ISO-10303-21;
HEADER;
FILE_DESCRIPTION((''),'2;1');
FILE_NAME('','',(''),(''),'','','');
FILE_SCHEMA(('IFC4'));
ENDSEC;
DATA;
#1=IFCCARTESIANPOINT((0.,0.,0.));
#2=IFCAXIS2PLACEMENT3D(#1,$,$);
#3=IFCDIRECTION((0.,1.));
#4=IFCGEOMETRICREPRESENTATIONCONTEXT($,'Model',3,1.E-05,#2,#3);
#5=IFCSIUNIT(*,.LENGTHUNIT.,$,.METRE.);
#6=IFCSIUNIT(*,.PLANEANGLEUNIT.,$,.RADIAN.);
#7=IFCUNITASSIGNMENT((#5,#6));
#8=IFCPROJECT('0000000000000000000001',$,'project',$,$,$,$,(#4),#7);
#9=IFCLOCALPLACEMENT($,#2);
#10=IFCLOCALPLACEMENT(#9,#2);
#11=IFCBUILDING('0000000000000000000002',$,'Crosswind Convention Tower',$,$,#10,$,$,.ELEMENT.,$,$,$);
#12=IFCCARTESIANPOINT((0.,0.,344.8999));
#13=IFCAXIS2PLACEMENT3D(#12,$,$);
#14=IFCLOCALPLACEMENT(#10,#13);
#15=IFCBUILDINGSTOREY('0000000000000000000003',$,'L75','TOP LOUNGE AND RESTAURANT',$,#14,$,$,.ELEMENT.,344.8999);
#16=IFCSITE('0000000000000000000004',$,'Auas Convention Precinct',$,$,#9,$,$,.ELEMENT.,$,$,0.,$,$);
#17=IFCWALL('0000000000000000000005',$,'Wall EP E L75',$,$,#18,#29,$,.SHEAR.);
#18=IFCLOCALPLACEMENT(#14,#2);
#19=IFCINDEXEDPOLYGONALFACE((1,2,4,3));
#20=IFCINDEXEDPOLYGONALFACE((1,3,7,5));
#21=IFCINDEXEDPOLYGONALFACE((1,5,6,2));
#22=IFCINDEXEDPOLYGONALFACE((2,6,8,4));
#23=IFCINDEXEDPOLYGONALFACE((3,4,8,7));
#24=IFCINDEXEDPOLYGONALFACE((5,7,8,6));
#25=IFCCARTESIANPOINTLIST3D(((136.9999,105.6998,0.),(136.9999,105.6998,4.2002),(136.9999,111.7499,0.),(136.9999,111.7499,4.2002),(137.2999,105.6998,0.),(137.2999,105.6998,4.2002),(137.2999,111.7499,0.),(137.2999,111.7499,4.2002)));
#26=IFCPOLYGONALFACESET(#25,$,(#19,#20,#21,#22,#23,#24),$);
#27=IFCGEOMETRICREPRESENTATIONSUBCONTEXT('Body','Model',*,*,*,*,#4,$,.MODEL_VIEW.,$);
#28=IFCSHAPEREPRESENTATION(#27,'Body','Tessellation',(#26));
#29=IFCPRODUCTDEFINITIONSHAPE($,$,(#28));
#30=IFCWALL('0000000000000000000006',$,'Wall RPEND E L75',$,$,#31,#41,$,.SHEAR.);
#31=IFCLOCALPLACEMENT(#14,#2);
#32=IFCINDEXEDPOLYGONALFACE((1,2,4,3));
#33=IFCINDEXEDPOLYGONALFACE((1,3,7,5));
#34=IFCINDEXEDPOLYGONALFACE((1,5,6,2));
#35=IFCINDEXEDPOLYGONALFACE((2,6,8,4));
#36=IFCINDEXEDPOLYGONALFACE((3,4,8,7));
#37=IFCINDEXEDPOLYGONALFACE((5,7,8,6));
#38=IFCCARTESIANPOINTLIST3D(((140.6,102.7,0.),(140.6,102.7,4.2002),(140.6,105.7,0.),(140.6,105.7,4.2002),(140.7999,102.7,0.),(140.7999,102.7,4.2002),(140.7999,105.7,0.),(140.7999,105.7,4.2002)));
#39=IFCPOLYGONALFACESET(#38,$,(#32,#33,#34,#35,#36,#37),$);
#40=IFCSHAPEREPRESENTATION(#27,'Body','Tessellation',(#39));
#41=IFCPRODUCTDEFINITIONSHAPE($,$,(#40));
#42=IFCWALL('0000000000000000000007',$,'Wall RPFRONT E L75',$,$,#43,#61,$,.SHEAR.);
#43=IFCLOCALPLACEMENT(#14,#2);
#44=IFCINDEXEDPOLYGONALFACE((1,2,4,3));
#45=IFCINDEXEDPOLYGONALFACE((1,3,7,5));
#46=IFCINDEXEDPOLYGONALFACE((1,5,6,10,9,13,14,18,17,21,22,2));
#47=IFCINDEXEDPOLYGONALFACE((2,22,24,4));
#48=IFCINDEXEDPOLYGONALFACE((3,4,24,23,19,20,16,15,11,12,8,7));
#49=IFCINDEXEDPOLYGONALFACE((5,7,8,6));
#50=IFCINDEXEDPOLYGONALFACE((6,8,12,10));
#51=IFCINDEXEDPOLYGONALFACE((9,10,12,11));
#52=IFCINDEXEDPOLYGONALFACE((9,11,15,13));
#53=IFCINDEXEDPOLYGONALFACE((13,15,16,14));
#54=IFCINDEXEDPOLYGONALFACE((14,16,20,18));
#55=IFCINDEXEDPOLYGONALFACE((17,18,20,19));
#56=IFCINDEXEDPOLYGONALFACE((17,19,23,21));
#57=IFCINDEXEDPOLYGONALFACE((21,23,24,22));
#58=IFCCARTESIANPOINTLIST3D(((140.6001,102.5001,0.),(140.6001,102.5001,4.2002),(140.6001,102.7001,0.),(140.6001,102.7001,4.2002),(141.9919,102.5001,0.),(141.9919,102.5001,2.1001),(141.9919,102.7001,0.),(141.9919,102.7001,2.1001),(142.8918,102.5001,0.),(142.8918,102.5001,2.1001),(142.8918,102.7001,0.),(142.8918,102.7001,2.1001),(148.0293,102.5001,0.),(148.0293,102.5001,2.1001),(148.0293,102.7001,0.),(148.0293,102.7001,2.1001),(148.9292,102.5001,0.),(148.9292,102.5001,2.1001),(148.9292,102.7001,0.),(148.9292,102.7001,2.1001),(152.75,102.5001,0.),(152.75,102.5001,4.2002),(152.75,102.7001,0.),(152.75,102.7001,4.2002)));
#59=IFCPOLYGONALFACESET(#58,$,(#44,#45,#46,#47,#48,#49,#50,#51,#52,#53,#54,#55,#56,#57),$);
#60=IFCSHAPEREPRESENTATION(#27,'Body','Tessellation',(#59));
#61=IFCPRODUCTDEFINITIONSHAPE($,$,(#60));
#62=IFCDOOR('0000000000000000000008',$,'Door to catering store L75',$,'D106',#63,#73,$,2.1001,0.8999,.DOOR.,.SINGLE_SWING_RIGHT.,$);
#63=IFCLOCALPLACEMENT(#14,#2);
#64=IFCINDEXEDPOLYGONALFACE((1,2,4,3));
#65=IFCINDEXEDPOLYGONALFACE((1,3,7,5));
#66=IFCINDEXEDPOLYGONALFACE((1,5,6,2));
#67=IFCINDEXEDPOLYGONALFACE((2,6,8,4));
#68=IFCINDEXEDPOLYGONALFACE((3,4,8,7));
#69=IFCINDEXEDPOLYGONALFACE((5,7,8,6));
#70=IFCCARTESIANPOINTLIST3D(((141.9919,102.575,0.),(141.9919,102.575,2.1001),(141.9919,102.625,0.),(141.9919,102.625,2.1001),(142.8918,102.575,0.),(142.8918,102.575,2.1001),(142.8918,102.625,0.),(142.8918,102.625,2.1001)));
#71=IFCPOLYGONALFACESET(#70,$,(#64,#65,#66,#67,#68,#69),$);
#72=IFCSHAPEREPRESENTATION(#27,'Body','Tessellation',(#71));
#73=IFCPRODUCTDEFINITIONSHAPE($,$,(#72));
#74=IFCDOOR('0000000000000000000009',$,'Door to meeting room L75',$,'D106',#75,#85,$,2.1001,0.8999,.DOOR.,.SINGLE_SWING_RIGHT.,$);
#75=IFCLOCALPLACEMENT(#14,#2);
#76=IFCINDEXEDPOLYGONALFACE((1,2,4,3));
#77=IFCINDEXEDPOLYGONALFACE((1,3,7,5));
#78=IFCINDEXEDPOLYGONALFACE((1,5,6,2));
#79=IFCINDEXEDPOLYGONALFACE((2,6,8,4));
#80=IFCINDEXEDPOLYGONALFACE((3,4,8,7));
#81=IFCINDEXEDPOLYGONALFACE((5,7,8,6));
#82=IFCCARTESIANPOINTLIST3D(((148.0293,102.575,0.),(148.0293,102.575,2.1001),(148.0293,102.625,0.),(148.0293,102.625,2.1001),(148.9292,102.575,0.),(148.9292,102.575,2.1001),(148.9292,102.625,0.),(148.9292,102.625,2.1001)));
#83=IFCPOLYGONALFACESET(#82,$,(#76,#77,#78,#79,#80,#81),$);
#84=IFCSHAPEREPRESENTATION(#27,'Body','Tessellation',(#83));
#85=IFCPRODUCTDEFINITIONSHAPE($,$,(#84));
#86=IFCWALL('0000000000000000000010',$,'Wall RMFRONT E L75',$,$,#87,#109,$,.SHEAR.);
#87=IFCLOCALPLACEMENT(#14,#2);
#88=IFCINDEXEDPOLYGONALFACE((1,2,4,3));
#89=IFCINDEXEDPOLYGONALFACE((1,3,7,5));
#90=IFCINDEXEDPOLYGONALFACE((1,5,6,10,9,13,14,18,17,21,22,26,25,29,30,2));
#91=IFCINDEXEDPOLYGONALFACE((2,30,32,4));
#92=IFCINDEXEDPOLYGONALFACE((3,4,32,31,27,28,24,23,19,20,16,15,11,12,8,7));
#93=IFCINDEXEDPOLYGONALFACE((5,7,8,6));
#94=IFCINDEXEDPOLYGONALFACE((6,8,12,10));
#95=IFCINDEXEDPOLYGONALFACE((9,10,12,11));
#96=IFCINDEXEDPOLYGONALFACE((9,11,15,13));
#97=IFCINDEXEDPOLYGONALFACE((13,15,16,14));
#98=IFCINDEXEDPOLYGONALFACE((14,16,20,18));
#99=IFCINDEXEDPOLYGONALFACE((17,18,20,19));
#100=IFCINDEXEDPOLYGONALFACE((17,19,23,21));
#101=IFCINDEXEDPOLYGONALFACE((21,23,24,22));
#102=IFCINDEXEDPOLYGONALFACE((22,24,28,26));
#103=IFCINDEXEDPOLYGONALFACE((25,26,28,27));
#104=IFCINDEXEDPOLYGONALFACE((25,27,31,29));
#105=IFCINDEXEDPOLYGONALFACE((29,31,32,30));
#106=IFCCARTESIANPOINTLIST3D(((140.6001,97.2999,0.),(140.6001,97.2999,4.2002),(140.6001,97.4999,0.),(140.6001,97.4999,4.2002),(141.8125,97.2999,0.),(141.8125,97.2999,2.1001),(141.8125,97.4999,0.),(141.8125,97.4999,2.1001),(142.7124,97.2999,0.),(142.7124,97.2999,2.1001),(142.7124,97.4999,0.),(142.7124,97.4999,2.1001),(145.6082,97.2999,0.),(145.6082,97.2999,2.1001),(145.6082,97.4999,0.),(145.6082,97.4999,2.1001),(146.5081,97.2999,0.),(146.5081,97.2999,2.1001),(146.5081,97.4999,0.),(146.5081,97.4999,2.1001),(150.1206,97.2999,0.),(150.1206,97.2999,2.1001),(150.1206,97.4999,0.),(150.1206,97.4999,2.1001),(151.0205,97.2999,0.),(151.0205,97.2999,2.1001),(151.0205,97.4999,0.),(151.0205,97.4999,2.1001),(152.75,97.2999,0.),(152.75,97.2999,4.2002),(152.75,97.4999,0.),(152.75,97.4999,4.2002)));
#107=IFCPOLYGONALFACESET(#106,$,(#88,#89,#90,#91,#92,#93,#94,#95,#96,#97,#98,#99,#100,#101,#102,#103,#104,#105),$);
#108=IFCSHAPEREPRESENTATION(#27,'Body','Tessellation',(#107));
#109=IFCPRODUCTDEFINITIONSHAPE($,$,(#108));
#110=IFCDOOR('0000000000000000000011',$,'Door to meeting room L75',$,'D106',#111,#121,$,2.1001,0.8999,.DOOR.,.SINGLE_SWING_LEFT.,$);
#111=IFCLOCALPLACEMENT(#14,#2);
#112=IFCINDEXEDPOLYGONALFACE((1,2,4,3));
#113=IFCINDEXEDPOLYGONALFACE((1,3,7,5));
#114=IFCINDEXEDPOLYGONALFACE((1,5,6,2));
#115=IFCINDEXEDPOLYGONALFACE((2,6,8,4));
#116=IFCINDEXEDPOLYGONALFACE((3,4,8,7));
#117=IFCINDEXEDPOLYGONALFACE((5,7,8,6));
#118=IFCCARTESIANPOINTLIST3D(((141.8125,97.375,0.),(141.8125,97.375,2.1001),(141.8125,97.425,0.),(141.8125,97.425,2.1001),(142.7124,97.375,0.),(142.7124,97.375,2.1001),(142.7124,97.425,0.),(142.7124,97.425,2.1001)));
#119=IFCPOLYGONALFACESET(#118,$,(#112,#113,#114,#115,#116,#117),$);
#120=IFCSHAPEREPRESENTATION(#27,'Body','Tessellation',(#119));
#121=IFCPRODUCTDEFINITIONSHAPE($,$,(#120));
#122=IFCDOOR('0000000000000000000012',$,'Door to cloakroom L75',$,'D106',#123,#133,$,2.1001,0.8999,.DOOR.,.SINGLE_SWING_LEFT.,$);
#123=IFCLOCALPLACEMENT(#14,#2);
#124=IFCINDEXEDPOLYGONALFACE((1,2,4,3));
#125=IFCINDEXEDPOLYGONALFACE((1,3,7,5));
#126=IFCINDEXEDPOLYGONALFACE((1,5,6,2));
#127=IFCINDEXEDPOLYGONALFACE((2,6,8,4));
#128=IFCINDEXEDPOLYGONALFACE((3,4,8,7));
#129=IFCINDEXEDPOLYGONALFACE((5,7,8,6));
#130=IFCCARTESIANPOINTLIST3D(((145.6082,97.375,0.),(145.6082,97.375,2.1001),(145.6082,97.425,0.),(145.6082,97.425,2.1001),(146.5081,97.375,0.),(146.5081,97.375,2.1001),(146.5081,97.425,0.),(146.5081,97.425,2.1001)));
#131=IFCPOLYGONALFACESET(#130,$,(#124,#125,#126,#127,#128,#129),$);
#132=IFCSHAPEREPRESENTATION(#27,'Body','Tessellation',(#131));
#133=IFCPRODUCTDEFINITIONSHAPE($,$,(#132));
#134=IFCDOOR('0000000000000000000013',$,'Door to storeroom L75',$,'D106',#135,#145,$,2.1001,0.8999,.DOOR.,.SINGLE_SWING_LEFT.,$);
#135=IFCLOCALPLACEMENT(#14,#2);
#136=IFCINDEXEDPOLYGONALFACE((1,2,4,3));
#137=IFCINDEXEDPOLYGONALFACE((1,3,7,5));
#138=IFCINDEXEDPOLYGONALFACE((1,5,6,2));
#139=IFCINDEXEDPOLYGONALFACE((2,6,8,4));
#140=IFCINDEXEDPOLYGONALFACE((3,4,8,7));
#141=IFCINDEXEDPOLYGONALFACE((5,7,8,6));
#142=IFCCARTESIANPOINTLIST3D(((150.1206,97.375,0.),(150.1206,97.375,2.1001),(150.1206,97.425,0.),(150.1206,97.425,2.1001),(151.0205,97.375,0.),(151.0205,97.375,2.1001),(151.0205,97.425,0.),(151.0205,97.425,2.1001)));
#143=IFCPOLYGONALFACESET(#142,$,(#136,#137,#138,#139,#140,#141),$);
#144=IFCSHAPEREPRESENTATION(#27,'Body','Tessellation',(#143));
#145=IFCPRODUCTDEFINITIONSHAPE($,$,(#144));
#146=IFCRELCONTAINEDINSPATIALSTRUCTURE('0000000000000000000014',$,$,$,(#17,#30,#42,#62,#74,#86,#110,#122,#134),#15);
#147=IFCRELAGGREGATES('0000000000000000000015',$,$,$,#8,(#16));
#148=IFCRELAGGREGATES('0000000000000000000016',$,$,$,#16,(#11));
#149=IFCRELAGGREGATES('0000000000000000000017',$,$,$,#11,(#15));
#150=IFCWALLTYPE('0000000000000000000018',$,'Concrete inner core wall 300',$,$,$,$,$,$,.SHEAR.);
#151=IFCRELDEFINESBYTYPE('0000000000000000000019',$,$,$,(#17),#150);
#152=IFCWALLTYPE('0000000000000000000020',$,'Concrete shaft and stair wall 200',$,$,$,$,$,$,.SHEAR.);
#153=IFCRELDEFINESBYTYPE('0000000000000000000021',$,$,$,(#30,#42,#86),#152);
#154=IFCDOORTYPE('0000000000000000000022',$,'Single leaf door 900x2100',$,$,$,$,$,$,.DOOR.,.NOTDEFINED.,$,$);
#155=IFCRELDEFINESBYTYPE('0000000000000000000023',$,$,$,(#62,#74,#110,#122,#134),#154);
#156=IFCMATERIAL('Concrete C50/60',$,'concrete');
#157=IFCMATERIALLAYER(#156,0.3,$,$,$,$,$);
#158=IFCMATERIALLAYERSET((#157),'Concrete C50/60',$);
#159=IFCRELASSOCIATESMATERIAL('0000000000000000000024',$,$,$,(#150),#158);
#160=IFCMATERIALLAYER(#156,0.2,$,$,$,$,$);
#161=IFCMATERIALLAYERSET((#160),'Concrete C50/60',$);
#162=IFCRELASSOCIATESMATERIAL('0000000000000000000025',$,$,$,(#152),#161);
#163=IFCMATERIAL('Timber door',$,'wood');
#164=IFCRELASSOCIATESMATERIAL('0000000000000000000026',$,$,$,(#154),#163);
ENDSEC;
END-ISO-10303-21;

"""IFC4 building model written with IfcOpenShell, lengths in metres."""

from ifc_helpers import new_model, si_unit, direction, frame, frame_2d, origin, place, context, subcontext, project, spatial, rectangle, extrude, material, layer, layer_set, type_object, element, fill, save


model = new_model("IFC4")

# Units and contexts
model_context = context("Model", 3, precision=1e-05, world=origin(), true_north=direction((0.0, 1.0)))
body_context = subcontext(model_context, "Body", "Model", "MODEL_VIEW")
ifc_project = project(units=[si_unit("LENGTHUNIT", "METRE"), si_unit("PLANEANGLEUNIT", "RADIAN")], contexts=[model_context])

# Site, building, storey
site_placement = place(None, origin())
site = spatial("IfcSite", under=ifc_project, at=site_placement, Name="Auas Convention Precinct", CompositionType="ELEMENT", RefElevation=0.0)
building_placement = place(site_placement, origin())
building = spatial("IfcBuilding", under=site, at=building_placement, Name="Crosswind Convention Tower", CompositionType="ELEMENT")
storey_placement = place(building_placement, frame((0.0, 0.0, 344.8999)))
storey = spatial("IfcBuildingStorey", under=building, at=storey_placement, Name="L75", Description="TOP LOUNGE AND RESTAURANT", CompositionType="ELEMENT", Elevation=344.8999)

# Walls
ifc_material_1 = material(Name="Concrete C50/60", Category="concrete")
ifc_layer_1 = layer(ifc_material_1, 0.3)
ifc_layer_set_1 = layer_set([ifc_layer_1], Name="Concrete C50/60")
wall_type_1 = type_object("IfcWallType", Name="Concrete inner core wall 300", PredefinedType="SHEAR", material=ifc_layer_set_1)
wall_1_placement = place(storey_placement, frame((137.1499, 105.7, 0.0), z_axis=(0.0, 0.0, 1.0), x_axis=(0.0, 1.0, 0.0)))
element("IfcWall", 1, at=wall_1_placement, inside=storey, type_object=wall_type_1, Name="Wall EP E L75", PredefinedType="SHEAR", context=body_context, shape_type="SweptSolid", body=[
    extrude(rectangle(XDim=6.05, YDim=0.3, at=frame_2d((3.0249, 0.0))), origin(), (0.0, 0.0, 1.0), 4.2002),
])
ifc_layer_2 = layer(ifc_material_1, 0.2)
ifc_layer_set_2 = layer_set([ifc_layer_2], Name="Concrete C50/60")
wall_type_2 = type_object("IfcWallType", Name="Concrete shaft and stair wall 200", PredefinedType="SHEAR", material=ifc_layer_set_2)
wall_2_placement = place(storey_placement, frame((140.7, 102.7, 0.0), z_axis=(0.0, 0.0, 1.0), x_axis=(0.0, 1.0, 0.0)))
element("IfcWall", 2, at=wall_2_placement, inside=storey, type_object=wall_type_2, Name="Wall RPEND E L75", PredefinedType="SHEAR", context=body_context, shape_type="SweptSolid", body=[
    extrude(rectangle(XDim=3.0, YDim=0.2, at=frame_2d((1.5, 0.0))), origin(), (0.0, 0.0, 1.0), 4.2002),
])

# Walls, openings, doors
wall_3_placement = place(storey_placement, frame((140.6001, 102.6001, 0.0), z_axis=(0.0, 0.0, 1.0), x_axis=(1.0, 0.0, 0.0)))
wall_3 = element("IfcWall", 3, at=wall_3_placement, inside=storey, type_object=wall_type_2, Name="Wall RPFRONT E L75", PredefinedType="SHEAR", context=body_context, shape_type="SweptSolid", body=[
    extrude(rectangle(XDim=12.1499, YDim=0.2, at=frame_2d((6.075, 0.0))), origin(), (0.0, 0.0, 1.0), 4.2002),
])
opening_1_placement = place(wall_3_placement, frame((1.3918, 0.0, 0.0)))
opening_1 = element("IfcOpeningElement", 4, at=opening_1_placement, cuts=wall_3, PredefinedType="OPENING", context=body_context, shape_type="SweptSolid", body=[
    extrude(rectangle(XDim=0.8999, YDim=2.1001, at=frame_2d((0.45, 1.05))), frame((0.0, 0.1099, 0.0), z_axis=(0.0, -1.0, 0.0), x_axis=(1.0, 0.0, 0.0)), (0.0, 0.0, 1.0), 0.22),
])
opening_2_placement = place(wall_3_placement, frame((7.4292, 0.0, 0.0)))
opening_2 = element("IfcOpeningElement", 5, at=opening_2_placement, cuts=wall_3, PredefinedType="OPENING", context=body_context, shape_type="SweptSolid", body=[
    extrude(rectangle(XDim=0.8999, YDim=2.1001, at=frame_2d((0.45, 1.05))), frame((0.0, 0.1099, 0.0), z_axis=(0.0, -1.0, 0.0), x_axis=(1.0, 0.0, 0.0)), (0.0, 0.0, 1.0), 0.22),
])
ifc_material_2 = material(Name="Timber door", Category="wood")
door_type_1 = type_object("IfcDoorType", Name="Single leaf door 900x2100", OperationType="NOTDEFINED", PredefinedType="DOOR", material=ifc_material_2)
door_1_placement = place(opening_1_placement, origin())
door_1 = element("IfcDoor", 6, at=door_1_placement, inside=storey, type_object=door_type_1, Name="Door to catering store L75", ObjectType="D106", OperationType="SINGLE_SWING_RIGHT", OverallHeight=2.1001, OverallWidth=0.8999, PredefinedType="DOOR", context=body_context, shape_type="SweptSolid", body=[
    extrude(rectangle(XDim=0.8999, YDim=2.1001, at=frame_2d((0.45, 1.05))), frame((0.0, 0.0249, 0.0), z_axis=(0.0, -1.0, 0.0), x_axis=(1.0, 0.0, 0.0)), (0.0, 0.0, 1.0), 0.05),
])
fill(opening_1, door_1)
door_2_placement = place(opening_2_placement, origin())
door_2 = element("IfcDoor", 7, at=door_2_placement, inside=storey, type_object=door_type_1, Name="Door to meeting room L75", ObjectType="D106", OperationType="SINGLE_SWING_RIGHT", OverallHeight=2.1001, OverallWidth=0.8999, PredefinedType="DOOR", context=body_context, shape_type="SweptSolid", body=[
    extrude(rectangle(XDim=0.8999, YDim=2.1001, at=frame_2d((0.45, 1.05))), frame((0.0, 0.0249, 0.0), z_axis=(0.0, -1.0, 0.0), x_axis=(1.0, 0.0, 0.0)), (0.0, 0.0, 1.0), 0.05),
])
fill(opening_2, door_2)
wall_4_placement = place(storey_placement, frame((140.6001, 97.3999, 0.0), z_axis=(0.0, 0.0, 1.0), x_axis=(1.0, 0.0, 0.0)))
wall_4 = element("IfcWall", 8, at=wall_4_placement, inside=storey, type_object=wall_type_2, Name="Wall RMFRONT E L75", PredefinedType="SHEAR", context=body_context, shape_type="SweptSolid", body=[
    extrude(rectangle(XDim=12.1499, YDim=0.2, at=frame_2d((6.075, 0.0))), origin(), (0.0, 0.0, 1.0), 4.2002),
])
opening_3_placement = place(wall_4_placement, frame((1.2124, 0.0, 0.0)))
opening_3 = element("IfcOpeningElement", 9, at=opening_3_placement, cuts=wall_4, PredefinedType="OPENING", context=body_context, shape_type="SweptSolid", body=[
    extrude(rectangle(XDim=0.8999, YDim=2.1001, at=frame_2d((0.45, 1.05))), frame((0.0, 0.1099, 0.0), z_axis=(0.0, -1.0, 0.0), x_axis=(1.0, 0.0, 0.0)), (0.0, 0.0, 1.0), 0.22),
])
opening_4_placement = place(wall_4_placement, frame((5.0081, 0.0, 0.0)))
opening_4 = element("IfcOpeningElement", 10, at=opening_4_placement, cuts=wall_4, PredefinedType="OPENING", context=body_context, shape_type="SweptSolid", body=[
    extrude(rectangle(XDim=0.8999, YDim=2.1001, at=frame_2d((0.45, 1.05))), frame((0.0, 0.1099, 0.0), z_axis=(0.0, -1.0, 0.0), x_axis=(1.0, 0.0, 0.0)), (0.0, 0.0, 1.0), 0.22),
])
opening_5_placement = place(wall_4_placement, frame((9.5205, 0.0, 0.0)))
opening_5 = element("IfcOpeningElement", 11, at=opening_5_placement, cuts=wall_4, PredefinedType="OPENING", context=body_context, shape_type="SweptSolid", body=[
    extrude(rectangle(XDim=0.8999, YDim=2.1001, at=frame_2d((0.45, 1.05))), frame((0.0, 0.1099, 0.0), z_axis=(0.0, -1.0, 0.0), x_axis=(1.0, 0.0, 0.0)), (0.0, 0.0, 1.0), 0.22),
])
door_3_placement = place(opening_3_placement, frame((0.8999, 0.0, 0.0), z_axis=(0.0, 0.0, 1.0), x_axis=(-1.0, 0.0, 0.0)))
door_3 = element("IfcDoor", 12, at=door_3_placement, inside=storey, type_object=door_type_1, Name="Door to meeting room L75", ObjectType="D106", OperationType="SINGLE_SWING_LEFT", OverallHeight=2.1001, OverallWidth=0.8999, PredefinedType="DOOR", context=body_context, shape_type="SweptSolid", body=[
    extrude(rectangle(XDim=0.8999, YDim=2.1001, at=frame_2d((0.45, 1.05))), frame((0.0, 0.0249, 0.0), z_axis=(0.0, -1.0, 0.0), x_axis=(1.0, 0.0, 0.0)), (0.0, 0.0, 1.0), 0.05),
])
fill(opening_3, door_3)
door_4_placement = place(opening_4_placement, frame((0.8999, 0.0, 0.0), z_axis=(0.0, 0.0, 1.0), x_axis=(-1.0, 0.0, 0.0)))
door_4 = element("IfcDoor", 13, at=door_4_placement, inside=storey, type_object=door_type_1, Name="Door to cloakroom L75", ObjectType="D106", OperationType="SINGLE_SWING_LEFT", OverallHeight=2.1001, OverallWidth=0.8999, PredefinedType="DOOR", context=body_context, shape_type="SweptSolid", body=[
    extrude(rectangle(XDim=0.8999, YDim=2.1001, at=frame_2d((0.45, 1.05))), frame((0.0, 0.0249, 0.0), z_axis=(0.0, -1.0, 0.0), x_axis=(1.0, 0.0, 0.0)), (0.0, 0.0, 1.0), 0.05),
])
fill(opening_4, door_4)
door_5_placement = place(opening_5_placement, frame((0.8999, 0.0, 0.0), z_axis=(0.0, 0.0, 1.0), x_axis=(-1.0, 0.0, 0.0)))
door_5 = element("IfcDoor", 14, at=door_5_placement, inside=storey, type_object=door_type_1, Name="Door to storeroom L75", ObjectType="D106", OperationType="SINGLE_SWING_LEFT", OverallHeight=2.1001, OverallWidth=0.8999, PredefinedType="DOOR", context=body_context, shape_type="SweptSolid", body=[
    extrude(rectangle(XDim=0.8999, YDim=2.1001, at=frame_2d((0.45, 1.05))), frame((0.0, 0.0249, 0.0), z_axis=(0.0, -1.0, 0.0), x_axis=(1.0, 0.0, 0.0)), (0.0, 0.0, 1.0), 0.05),
])
fill(opening_5, door_5)

save(model, "model.ifc")
